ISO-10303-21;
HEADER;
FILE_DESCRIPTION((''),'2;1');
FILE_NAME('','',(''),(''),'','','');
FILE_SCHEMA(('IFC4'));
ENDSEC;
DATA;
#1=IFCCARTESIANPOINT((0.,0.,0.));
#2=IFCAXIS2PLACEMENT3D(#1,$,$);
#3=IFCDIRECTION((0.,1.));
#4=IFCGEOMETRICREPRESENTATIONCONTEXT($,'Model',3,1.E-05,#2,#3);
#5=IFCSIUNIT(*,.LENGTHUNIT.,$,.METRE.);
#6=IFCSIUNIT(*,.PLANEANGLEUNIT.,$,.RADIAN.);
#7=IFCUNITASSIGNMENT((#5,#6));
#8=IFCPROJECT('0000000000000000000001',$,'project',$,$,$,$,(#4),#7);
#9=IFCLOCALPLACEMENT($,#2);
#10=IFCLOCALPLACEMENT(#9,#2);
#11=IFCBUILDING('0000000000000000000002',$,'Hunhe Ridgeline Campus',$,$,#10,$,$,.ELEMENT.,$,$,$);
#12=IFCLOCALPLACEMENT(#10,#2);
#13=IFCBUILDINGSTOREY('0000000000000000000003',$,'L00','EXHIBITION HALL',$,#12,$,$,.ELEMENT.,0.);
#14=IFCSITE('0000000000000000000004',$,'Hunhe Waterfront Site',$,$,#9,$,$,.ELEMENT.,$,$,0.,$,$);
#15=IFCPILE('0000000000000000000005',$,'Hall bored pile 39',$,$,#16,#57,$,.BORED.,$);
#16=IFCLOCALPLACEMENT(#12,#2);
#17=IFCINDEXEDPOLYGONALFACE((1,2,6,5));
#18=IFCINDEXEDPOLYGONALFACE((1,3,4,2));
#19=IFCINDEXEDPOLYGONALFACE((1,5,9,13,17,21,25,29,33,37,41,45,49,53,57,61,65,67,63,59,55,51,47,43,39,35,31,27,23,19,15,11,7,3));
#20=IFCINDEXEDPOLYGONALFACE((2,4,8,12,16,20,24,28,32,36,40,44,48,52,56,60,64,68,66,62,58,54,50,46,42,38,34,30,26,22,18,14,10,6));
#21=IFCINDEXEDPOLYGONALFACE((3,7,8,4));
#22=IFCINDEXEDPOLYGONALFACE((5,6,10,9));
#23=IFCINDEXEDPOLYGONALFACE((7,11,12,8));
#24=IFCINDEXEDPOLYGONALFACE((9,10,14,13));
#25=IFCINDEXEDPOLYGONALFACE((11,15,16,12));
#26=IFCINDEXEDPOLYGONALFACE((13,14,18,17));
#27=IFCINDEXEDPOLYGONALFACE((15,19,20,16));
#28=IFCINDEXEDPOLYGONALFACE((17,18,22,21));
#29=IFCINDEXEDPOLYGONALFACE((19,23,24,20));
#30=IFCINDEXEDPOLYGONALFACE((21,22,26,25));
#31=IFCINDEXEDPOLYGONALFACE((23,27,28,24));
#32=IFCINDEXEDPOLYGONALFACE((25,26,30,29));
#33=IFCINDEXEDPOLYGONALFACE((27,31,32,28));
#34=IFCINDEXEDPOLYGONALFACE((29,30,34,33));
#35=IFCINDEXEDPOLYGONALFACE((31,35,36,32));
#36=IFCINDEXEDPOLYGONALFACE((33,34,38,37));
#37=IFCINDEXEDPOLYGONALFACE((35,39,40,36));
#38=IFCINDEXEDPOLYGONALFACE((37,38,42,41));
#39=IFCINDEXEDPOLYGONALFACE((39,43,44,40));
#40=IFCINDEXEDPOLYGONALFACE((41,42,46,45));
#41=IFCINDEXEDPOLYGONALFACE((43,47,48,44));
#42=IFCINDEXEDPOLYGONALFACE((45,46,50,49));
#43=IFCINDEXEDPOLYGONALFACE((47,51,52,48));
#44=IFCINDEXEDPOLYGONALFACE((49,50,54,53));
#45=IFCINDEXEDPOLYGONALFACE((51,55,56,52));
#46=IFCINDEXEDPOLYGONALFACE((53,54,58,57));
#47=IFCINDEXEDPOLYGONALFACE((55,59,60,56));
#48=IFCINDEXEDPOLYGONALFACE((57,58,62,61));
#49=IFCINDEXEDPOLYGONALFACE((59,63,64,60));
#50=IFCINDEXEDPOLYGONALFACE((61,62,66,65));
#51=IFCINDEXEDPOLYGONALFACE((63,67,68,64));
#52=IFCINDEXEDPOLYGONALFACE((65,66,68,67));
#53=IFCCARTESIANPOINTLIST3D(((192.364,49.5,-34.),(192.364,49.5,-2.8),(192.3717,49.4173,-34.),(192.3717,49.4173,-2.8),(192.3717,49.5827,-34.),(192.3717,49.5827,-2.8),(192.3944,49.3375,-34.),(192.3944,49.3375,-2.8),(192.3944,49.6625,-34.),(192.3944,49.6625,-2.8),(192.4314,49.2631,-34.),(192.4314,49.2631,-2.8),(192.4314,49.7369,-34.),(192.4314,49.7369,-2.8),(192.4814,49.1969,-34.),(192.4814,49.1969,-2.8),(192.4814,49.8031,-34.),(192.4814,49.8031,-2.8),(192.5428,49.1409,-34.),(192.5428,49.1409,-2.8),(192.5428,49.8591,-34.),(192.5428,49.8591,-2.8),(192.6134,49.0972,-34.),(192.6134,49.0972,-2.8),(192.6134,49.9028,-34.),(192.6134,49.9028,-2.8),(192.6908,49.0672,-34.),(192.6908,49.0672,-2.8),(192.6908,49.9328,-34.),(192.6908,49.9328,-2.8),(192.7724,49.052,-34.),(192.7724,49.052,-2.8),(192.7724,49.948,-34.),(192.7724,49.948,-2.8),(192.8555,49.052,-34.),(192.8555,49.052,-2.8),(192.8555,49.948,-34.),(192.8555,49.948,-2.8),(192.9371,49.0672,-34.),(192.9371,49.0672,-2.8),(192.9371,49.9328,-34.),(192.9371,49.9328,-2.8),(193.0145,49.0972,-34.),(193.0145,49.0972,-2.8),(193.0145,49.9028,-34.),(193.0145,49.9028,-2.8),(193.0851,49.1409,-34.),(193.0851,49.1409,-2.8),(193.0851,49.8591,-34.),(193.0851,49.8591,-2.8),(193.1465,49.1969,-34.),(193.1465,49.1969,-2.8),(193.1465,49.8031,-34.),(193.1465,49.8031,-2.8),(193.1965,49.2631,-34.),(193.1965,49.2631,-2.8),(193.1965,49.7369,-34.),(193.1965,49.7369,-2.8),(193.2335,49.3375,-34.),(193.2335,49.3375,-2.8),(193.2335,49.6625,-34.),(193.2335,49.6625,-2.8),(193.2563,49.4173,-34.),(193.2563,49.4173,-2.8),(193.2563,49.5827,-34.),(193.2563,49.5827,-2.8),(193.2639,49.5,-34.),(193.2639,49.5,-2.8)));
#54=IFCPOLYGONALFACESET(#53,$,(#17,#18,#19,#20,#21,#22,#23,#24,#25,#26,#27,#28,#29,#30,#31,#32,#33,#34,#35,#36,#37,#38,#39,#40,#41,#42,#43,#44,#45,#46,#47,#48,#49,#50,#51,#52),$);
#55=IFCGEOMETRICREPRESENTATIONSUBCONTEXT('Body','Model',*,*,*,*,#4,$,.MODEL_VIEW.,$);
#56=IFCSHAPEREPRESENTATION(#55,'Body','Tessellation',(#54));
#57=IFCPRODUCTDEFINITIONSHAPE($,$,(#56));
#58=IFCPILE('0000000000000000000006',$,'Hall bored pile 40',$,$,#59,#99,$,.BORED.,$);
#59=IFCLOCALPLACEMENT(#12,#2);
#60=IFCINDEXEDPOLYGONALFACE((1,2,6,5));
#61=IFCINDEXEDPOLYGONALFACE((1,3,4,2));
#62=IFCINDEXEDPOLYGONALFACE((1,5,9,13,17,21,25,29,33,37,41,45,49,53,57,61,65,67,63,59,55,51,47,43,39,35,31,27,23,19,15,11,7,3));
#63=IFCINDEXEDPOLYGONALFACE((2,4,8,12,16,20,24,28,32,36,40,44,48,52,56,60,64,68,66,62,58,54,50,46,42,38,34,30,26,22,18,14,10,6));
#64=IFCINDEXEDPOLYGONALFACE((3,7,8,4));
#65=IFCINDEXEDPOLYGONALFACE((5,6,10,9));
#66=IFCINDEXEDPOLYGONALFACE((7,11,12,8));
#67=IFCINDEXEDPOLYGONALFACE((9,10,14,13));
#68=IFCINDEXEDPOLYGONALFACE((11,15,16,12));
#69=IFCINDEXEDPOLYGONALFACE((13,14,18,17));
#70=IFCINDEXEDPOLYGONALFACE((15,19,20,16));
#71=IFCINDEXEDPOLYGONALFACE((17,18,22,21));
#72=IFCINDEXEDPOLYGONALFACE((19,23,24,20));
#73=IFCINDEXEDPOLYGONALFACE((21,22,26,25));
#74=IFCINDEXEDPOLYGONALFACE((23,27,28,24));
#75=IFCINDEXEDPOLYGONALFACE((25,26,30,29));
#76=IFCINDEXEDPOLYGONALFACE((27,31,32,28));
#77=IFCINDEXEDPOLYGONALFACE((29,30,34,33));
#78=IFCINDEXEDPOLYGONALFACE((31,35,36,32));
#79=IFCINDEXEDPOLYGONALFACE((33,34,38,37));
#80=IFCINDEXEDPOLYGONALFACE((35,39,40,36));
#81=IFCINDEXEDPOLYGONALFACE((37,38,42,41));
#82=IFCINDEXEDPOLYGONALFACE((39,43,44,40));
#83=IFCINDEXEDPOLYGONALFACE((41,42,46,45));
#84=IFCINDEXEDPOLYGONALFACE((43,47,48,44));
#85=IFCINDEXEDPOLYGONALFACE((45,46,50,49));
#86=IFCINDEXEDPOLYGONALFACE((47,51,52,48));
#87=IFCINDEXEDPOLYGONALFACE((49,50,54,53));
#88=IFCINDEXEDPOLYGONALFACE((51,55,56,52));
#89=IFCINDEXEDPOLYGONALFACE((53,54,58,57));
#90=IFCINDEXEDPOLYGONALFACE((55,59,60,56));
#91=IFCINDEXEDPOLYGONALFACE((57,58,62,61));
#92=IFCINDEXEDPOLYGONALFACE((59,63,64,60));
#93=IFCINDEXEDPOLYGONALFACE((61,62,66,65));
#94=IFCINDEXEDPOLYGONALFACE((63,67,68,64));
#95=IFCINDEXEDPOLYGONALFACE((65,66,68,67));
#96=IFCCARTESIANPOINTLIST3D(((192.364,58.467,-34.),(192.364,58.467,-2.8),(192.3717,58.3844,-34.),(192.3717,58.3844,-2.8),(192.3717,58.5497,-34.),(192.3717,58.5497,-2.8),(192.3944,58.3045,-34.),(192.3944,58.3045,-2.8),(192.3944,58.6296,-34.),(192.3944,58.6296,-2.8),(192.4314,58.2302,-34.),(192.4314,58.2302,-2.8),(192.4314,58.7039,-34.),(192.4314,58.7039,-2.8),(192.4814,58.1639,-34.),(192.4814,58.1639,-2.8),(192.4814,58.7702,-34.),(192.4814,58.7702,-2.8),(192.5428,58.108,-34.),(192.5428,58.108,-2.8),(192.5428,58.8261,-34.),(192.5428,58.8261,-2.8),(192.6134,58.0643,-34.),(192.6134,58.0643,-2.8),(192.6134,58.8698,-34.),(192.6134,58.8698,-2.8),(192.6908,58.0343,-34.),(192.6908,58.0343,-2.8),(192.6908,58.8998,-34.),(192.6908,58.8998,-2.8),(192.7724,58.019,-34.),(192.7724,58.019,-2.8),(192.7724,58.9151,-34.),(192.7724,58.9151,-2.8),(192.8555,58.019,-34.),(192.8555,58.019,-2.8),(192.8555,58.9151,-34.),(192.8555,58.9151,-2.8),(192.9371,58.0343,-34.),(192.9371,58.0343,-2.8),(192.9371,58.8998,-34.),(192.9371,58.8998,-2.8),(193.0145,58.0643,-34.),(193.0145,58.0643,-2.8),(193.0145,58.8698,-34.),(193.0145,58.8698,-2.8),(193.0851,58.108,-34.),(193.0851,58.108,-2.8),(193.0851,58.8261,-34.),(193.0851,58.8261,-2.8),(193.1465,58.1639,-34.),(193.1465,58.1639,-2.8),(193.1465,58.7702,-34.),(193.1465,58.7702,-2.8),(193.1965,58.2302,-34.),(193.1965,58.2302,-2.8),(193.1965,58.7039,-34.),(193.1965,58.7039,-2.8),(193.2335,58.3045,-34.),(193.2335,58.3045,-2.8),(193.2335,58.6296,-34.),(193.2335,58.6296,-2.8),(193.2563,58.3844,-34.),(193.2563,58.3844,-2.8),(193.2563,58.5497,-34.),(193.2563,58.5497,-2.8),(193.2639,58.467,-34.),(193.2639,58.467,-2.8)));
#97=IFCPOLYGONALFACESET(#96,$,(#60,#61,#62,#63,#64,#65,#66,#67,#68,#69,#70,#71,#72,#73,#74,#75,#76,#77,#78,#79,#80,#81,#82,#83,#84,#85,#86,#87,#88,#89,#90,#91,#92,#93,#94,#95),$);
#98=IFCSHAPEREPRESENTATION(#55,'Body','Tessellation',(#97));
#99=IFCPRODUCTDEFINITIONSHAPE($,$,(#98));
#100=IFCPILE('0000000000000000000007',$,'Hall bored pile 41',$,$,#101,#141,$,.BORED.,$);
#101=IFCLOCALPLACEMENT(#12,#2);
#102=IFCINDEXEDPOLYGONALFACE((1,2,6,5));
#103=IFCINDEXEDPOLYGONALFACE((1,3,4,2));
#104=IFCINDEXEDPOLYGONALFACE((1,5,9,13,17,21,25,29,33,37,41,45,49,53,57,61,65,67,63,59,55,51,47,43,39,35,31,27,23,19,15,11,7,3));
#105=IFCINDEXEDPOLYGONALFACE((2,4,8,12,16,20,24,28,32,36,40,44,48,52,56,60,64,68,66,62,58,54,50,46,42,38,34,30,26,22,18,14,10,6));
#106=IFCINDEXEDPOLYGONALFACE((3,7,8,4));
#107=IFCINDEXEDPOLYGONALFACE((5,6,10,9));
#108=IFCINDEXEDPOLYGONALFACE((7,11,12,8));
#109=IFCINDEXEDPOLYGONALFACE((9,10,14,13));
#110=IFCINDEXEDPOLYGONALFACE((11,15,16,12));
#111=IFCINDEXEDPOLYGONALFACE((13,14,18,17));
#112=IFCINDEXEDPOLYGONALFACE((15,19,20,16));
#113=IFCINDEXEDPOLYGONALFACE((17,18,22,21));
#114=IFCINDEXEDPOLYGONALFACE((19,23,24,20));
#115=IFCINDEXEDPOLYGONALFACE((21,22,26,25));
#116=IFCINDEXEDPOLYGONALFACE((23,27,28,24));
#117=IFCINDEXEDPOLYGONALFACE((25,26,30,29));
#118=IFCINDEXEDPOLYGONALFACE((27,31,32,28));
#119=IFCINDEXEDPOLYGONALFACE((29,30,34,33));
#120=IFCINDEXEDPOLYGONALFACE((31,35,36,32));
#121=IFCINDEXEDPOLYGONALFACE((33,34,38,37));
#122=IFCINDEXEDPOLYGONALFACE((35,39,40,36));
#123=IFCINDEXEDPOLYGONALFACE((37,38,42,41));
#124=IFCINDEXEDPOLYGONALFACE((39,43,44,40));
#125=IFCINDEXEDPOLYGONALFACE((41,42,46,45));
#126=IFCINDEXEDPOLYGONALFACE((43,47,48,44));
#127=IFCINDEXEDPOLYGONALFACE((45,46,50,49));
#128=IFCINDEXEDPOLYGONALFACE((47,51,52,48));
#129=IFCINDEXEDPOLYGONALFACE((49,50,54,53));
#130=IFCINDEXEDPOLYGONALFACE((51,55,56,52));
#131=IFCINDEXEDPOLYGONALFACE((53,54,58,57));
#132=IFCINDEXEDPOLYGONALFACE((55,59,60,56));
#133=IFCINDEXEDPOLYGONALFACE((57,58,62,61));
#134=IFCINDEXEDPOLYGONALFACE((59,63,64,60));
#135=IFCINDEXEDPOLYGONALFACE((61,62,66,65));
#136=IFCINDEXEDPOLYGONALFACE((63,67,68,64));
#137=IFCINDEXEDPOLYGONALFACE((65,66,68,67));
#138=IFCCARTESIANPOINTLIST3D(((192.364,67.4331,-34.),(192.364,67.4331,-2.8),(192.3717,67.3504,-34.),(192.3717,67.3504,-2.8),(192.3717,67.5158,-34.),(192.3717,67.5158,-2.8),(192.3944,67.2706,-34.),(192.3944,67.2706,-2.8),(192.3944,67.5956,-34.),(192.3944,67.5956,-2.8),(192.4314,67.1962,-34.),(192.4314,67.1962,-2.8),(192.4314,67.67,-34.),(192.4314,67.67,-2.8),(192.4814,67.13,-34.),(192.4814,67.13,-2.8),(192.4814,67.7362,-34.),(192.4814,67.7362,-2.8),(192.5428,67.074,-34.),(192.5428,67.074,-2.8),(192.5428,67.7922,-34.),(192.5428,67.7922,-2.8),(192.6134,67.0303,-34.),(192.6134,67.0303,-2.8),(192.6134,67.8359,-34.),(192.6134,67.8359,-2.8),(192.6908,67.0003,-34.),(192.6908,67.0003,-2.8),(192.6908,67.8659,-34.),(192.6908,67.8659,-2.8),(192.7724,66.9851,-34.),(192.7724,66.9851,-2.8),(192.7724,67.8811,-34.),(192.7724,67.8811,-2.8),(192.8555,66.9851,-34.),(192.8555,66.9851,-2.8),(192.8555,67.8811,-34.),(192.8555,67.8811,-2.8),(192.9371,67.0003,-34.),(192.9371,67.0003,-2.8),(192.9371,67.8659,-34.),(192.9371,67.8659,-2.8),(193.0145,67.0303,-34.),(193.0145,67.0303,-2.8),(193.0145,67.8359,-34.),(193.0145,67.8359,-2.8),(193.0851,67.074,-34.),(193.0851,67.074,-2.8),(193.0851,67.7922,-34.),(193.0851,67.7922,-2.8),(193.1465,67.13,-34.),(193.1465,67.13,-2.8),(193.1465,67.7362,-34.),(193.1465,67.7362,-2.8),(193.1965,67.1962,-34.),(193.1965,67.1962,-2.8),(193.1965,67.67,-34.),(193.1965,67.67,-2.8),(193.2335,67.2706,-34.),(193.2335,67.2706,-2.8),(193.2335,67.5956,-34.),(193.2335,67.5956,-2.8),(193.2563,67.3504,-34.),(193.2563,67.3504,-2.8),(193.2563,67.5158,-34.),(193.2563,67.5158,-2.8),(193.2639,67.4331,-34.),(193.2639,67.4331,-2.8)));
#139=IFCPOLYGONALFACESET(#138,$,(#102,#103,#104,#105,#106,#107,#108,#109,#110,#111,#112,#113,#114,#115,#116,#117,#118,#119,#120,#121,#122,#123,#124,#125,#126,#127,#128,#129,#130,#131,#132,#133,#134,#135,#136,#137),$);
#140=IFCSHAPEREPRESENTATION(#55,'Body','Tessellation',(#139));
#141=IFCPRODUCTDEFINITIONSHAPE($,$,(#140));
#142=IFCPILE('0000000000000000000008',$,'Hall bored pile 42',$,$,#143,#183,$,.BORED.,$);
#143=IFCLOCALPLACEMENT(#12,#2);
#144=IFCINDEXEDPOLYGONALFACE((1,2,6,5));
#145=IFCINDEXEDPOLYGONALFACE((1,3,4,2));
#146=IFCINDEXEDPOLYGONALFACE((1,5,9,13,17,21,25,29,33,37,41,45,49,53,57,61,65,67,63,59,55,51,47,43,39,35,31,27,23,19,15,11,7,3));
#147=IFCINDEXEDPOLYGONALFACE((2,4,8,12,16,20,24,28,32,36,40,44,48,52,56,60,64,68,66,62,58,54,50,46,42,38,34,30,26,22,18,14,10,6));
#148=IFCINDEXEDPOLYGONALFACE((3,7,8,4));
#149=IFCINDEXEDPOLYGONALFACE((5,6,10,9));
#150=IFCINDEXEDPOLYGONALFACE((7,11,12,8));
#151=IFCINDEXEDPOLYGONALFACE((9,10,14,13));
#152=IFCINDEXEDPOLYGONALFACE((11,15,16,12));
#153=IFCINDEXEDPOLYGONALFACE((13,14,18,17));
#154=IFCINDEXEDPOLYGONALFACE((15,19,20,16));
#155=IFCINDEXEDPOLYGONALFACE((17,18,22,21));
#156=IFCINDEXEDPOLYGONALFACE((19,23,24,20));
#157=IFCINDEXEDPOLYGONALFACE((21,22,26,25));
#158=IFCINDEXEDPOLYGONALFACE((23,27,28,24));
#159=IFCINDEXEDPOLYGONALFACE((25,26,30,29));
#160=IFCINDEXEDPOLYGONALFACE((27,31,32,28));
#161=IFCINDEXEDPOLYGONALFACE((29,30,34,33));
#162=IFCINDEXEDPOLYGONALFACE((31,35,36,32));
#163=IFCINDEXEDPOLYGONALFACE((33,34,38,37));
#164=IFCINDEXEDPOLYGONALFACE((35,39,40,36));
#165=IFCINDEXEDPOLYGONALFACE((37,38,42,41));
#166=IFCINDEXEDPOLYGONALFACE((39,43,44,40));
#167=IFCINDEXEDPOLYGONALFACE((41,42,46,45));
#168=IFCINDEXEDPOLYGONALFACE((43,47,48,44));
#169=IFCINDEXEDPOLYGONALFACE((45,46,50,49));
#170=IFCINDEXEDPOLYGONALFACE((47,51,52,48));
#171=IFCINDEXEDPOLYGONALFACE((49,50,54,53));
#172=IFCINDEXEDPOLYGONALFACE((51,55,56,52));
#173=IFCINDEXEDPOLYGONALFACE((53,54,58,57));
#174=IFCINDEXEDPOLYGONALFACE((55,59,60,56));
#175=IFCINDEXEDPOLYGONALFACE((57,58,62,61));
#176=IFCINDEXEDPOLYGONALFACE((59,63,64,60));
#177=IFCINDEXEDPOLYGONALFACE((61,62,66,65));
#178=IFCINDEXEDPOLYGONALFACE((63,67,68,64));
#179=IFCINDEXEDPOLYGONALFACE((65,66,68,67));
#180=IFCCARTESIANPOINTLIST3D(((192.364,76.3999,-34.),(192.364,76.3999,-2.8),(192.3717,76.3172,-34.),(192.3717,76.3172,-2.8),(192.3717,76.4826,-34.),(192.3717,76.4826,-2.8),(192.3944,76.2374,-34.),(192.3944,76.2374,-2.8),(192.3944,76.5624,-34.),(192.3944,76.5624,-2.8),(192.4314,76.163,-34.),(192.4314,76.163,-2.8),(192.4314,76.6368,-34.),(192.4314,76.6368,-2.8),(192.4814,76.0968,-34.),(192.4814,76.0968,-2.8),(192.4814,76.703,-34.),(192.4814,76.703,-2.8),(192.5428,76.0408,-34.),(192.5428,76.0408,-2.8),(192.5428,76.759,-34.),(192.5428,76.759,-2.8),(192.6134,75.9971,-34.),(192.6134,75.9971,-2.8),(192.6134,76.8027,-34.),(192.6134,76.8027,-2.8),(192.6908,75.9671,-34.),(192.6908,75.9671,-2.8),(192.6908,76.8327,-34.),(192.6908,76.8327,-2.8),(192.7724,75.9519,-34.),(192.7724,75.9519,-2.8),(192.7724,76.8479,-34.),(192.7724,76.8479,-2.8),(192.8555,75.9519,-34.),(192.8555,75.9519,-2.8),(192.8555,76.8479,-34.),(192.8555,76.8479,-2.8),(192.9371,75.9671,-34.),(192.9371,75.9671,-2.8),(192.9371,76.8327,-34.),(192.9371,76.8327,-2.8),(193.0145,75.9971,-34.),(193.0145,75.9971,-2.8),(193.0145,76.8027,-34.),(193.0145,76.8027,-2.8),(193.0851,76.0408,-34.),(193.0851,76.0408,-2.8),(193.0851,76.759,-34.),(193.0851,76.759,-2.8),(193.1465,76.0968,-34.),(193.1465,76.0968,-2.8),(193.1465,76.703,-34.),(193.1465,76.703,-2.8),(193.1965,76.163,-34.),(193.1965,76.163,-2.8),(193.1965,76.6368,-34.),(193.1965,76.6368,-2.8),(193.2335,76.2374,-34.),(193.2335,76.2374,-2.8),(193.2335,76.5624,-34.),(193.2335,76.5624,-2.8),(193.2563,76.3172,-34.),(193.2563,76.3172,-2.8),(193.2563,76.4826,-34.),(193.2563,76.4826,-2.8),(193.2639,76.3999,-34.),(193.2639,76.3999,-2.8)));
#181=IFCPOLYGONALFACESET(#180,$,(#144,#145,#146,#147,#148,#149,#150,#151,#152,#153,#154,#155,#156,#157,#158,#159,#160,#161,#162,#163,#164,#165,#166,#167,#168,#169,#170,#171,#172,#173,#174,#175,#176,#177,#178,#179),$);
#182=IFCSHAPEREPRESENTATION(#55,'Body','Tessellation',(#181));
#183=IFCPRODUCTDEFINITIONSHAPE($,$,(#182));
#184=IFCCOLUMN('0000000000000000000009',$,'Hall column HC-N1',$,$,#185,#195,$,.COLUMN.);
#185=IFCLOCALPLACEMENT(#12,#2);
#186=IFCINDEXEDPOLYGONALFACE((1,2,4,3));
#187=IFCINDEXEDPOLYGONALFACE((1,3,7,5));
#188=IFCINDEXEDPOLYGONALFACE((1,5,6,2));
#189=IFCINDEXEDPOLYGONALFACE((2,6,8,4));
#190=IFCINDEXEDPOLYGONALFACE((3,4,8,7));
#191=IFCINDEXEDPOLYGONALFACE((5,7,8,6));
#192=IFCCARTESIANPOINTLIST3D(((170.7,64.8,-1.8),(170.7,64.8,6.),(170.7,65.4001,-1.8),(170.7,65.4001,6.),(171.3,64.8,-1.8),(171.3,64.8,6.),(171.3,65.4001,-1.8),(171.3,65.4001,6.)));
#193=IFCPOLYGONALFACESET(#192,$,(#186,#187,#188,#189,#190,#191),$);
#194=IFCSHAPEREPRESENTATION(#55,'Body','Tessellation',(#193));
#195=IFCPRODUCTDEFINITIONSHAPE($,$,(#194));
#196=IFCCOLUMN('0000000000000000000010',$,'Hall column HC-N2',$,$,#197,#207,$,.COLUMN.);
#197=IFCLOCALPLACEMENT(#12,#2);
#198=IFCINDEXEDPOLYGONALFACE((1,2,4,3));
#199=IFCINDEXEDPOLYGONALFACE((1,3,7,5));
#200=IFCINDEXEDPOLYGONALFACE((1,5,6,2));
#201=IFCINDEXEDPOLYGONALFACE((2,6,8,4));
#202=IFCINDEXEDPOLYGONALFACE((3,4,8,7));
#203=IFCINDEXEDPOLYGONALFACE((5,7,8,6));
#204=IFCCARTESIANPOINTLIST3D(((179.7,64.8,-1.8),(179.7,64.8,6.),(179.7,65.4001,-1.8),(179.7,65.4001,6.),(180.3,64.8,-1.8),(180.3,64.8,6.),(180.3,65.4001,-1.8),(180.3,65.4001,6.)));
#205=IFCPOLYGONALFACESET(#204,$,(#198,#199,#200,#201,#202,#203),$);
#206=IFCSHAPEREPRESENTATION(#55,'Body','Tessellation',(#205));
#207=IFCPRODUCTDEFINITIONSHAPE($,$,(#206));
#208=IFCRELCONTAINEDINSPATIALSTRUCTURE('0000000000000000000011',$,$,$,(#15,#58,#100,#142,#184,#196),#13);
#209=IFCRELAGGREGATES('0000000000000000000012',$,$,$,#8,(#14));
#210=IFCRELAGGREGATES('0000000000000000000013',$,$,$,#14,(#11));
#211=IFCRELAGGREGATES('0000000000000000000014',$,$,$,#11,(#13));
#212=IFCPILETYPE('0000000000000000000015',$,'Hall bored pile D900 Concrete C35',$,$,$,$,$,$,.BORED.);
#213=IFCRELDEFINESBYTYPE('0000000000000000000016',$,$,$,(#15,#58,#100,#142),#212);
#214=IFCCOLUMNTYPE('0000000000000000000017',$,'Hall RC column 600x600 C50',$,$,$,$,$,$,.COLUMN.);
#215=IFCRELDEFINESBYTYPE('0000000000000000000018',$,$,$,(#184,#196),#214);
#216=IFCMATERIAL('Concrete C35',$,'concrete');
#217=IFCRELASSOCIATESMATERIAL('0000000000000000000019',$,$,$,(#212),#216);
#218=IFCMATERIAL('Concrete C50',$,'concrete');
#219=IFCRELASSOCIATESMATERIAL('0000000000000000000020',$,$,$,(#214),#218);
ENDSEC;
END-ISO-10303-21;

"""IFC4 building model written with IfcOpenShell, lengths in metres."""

from ifc_helpers import new_model, si_unit, direction, frame, origin, origin_2d, place, context, subcontext, project, spatial, rectangle, circle, extrude, material, material_profile, profile_set, type_object, element, save


model = new_model("IFC4")

# Units and contexts
model_context = context("Model", 3, precision=1e-05, world=origin(), true_north=direction((0.0, 1.0)))
body_context = subcontext(model_context, "Body", "Model", "MODEL_VIEW")
ifc_project = project(units=[si_unit("LENGTHUNIT", "METRE"), si_unit("PLANEANGLEUNIT", "RADIAN")], contexts=[model_context])

# Site, building, storey
site_placement = place(None, origin())
site = spatial("IfcSite", under=ifc_project, at=site_placement, Name="Hunhe Waterfront Site", CompositionType="ELEMENT", RefElevation=0.0)
building_placement = place(site_placement, origin())
building = spatial("IfcBuilding", under=site, at=building_placement, Name="Hunhe Ridgeline Campus", CompositionType="ELEMENT")
storey_placement = place(building_placement, origin())
storey = spatial("IfcBuildingStorey", under=building, at=storey_placement, Name="L00", Description="EXHIBITION HALL", CompositionType="ELEMENT", Elevation=0.0)

# Piles
ifc_material_1 = material(Name="Concrete C35", Category="concrete")
ifc_material_profile_1 = material_profile(ifc_material_1, circle(Radius=0.45, at=origin_2d()))
ifc_profile_set_1 = profile_set([ifc_material_profile_1], Name="Concrete C35")
pile_type = type_object("IfcPileType", Name="Hall bored pile D900 Concrete C35", PredefinedType="BORED", material=ifc_profile_set_1)
for number, where, z_axis, x_axis, name in (
    (1, (192.814, 49.5, -2.8), (0.0, 0.0, -1.0), (1.0, 0.0, 0.0), "Hall bored pile 39"),
    (2, (192.814, 58.467, -2.8), (0.0, 0.0, -1.0), (1.0, 0.0, 0.0), "Hall bored pile 40"),
    (3, (192.814, 67.4331, -2.8), (0.0, 0.0, -1.0), (1.0, 0.0, 0.0), "Hall bored pile 41"),
    (4, (192.814, 76.3999, -2.8), (0.0, 0.0, -1.0), (1.0, 0.0, 0.0), "Hall bored pile 42"),
):
    element("IfcPile", number, at=place(storey_placement, frame(where, z_axis=z_axis, x_axis=x_axis)), inside=storey, type_object=pile_type, Name=name, PredefinedType="BORED", context=body_context, shape_type="SweptSolid", body=[
        extrude(circle(Radius=0.45, at=origin_2d()), origin(), (0.0, 0.0, 1.0), 31.2),
    ])

# Columns
ifc_material_2 = material(Name="Concrete C50", Category="concrete")
ifc_material_profile_2 = material_profile(ifc_material_2, rectangle(XDim=0.6001, YDim=0.6001, at=origin_2d()))
ifc_profile_set_2 = profile_set([ifc_material_profile_2], Name="Concrete C50")
column_type = type_object("IfcColumnType", Name="Hall RC column 600x600 C50", PredefinedType="COLUMN", material=ifc_profile_set_2)
for number, where, z_axis, x_axis, name in (
    (5, (171.0, 65.1001, -1.8), (0.0, 0.0, 1.0), (1.0, 0.0, 0.0), "Hall column HC-N1"),
    (6, (180.0, 65.1001, -1.8), (0.0, 0.0, 1.0), (1.0, 0.0, 0.0), "Hall column HC-N2"),
):
    element("IfcColumn", number, at=place(storey_placement, frame(where, z_axis=z_axis, x_axis=x_axis)), inside=storey, type_object=column_type, Name=name, PredefinedType="COLUMN", context=body_context, shape_type="SweptSolid", body=[
        extrude(rectangle(XDim=0.6001, YDim=0.6001, at=origin_2d()), origin(), (0.0, 0.0, 1.0), 7.8),
    ])

save(model, "model.ifc")
